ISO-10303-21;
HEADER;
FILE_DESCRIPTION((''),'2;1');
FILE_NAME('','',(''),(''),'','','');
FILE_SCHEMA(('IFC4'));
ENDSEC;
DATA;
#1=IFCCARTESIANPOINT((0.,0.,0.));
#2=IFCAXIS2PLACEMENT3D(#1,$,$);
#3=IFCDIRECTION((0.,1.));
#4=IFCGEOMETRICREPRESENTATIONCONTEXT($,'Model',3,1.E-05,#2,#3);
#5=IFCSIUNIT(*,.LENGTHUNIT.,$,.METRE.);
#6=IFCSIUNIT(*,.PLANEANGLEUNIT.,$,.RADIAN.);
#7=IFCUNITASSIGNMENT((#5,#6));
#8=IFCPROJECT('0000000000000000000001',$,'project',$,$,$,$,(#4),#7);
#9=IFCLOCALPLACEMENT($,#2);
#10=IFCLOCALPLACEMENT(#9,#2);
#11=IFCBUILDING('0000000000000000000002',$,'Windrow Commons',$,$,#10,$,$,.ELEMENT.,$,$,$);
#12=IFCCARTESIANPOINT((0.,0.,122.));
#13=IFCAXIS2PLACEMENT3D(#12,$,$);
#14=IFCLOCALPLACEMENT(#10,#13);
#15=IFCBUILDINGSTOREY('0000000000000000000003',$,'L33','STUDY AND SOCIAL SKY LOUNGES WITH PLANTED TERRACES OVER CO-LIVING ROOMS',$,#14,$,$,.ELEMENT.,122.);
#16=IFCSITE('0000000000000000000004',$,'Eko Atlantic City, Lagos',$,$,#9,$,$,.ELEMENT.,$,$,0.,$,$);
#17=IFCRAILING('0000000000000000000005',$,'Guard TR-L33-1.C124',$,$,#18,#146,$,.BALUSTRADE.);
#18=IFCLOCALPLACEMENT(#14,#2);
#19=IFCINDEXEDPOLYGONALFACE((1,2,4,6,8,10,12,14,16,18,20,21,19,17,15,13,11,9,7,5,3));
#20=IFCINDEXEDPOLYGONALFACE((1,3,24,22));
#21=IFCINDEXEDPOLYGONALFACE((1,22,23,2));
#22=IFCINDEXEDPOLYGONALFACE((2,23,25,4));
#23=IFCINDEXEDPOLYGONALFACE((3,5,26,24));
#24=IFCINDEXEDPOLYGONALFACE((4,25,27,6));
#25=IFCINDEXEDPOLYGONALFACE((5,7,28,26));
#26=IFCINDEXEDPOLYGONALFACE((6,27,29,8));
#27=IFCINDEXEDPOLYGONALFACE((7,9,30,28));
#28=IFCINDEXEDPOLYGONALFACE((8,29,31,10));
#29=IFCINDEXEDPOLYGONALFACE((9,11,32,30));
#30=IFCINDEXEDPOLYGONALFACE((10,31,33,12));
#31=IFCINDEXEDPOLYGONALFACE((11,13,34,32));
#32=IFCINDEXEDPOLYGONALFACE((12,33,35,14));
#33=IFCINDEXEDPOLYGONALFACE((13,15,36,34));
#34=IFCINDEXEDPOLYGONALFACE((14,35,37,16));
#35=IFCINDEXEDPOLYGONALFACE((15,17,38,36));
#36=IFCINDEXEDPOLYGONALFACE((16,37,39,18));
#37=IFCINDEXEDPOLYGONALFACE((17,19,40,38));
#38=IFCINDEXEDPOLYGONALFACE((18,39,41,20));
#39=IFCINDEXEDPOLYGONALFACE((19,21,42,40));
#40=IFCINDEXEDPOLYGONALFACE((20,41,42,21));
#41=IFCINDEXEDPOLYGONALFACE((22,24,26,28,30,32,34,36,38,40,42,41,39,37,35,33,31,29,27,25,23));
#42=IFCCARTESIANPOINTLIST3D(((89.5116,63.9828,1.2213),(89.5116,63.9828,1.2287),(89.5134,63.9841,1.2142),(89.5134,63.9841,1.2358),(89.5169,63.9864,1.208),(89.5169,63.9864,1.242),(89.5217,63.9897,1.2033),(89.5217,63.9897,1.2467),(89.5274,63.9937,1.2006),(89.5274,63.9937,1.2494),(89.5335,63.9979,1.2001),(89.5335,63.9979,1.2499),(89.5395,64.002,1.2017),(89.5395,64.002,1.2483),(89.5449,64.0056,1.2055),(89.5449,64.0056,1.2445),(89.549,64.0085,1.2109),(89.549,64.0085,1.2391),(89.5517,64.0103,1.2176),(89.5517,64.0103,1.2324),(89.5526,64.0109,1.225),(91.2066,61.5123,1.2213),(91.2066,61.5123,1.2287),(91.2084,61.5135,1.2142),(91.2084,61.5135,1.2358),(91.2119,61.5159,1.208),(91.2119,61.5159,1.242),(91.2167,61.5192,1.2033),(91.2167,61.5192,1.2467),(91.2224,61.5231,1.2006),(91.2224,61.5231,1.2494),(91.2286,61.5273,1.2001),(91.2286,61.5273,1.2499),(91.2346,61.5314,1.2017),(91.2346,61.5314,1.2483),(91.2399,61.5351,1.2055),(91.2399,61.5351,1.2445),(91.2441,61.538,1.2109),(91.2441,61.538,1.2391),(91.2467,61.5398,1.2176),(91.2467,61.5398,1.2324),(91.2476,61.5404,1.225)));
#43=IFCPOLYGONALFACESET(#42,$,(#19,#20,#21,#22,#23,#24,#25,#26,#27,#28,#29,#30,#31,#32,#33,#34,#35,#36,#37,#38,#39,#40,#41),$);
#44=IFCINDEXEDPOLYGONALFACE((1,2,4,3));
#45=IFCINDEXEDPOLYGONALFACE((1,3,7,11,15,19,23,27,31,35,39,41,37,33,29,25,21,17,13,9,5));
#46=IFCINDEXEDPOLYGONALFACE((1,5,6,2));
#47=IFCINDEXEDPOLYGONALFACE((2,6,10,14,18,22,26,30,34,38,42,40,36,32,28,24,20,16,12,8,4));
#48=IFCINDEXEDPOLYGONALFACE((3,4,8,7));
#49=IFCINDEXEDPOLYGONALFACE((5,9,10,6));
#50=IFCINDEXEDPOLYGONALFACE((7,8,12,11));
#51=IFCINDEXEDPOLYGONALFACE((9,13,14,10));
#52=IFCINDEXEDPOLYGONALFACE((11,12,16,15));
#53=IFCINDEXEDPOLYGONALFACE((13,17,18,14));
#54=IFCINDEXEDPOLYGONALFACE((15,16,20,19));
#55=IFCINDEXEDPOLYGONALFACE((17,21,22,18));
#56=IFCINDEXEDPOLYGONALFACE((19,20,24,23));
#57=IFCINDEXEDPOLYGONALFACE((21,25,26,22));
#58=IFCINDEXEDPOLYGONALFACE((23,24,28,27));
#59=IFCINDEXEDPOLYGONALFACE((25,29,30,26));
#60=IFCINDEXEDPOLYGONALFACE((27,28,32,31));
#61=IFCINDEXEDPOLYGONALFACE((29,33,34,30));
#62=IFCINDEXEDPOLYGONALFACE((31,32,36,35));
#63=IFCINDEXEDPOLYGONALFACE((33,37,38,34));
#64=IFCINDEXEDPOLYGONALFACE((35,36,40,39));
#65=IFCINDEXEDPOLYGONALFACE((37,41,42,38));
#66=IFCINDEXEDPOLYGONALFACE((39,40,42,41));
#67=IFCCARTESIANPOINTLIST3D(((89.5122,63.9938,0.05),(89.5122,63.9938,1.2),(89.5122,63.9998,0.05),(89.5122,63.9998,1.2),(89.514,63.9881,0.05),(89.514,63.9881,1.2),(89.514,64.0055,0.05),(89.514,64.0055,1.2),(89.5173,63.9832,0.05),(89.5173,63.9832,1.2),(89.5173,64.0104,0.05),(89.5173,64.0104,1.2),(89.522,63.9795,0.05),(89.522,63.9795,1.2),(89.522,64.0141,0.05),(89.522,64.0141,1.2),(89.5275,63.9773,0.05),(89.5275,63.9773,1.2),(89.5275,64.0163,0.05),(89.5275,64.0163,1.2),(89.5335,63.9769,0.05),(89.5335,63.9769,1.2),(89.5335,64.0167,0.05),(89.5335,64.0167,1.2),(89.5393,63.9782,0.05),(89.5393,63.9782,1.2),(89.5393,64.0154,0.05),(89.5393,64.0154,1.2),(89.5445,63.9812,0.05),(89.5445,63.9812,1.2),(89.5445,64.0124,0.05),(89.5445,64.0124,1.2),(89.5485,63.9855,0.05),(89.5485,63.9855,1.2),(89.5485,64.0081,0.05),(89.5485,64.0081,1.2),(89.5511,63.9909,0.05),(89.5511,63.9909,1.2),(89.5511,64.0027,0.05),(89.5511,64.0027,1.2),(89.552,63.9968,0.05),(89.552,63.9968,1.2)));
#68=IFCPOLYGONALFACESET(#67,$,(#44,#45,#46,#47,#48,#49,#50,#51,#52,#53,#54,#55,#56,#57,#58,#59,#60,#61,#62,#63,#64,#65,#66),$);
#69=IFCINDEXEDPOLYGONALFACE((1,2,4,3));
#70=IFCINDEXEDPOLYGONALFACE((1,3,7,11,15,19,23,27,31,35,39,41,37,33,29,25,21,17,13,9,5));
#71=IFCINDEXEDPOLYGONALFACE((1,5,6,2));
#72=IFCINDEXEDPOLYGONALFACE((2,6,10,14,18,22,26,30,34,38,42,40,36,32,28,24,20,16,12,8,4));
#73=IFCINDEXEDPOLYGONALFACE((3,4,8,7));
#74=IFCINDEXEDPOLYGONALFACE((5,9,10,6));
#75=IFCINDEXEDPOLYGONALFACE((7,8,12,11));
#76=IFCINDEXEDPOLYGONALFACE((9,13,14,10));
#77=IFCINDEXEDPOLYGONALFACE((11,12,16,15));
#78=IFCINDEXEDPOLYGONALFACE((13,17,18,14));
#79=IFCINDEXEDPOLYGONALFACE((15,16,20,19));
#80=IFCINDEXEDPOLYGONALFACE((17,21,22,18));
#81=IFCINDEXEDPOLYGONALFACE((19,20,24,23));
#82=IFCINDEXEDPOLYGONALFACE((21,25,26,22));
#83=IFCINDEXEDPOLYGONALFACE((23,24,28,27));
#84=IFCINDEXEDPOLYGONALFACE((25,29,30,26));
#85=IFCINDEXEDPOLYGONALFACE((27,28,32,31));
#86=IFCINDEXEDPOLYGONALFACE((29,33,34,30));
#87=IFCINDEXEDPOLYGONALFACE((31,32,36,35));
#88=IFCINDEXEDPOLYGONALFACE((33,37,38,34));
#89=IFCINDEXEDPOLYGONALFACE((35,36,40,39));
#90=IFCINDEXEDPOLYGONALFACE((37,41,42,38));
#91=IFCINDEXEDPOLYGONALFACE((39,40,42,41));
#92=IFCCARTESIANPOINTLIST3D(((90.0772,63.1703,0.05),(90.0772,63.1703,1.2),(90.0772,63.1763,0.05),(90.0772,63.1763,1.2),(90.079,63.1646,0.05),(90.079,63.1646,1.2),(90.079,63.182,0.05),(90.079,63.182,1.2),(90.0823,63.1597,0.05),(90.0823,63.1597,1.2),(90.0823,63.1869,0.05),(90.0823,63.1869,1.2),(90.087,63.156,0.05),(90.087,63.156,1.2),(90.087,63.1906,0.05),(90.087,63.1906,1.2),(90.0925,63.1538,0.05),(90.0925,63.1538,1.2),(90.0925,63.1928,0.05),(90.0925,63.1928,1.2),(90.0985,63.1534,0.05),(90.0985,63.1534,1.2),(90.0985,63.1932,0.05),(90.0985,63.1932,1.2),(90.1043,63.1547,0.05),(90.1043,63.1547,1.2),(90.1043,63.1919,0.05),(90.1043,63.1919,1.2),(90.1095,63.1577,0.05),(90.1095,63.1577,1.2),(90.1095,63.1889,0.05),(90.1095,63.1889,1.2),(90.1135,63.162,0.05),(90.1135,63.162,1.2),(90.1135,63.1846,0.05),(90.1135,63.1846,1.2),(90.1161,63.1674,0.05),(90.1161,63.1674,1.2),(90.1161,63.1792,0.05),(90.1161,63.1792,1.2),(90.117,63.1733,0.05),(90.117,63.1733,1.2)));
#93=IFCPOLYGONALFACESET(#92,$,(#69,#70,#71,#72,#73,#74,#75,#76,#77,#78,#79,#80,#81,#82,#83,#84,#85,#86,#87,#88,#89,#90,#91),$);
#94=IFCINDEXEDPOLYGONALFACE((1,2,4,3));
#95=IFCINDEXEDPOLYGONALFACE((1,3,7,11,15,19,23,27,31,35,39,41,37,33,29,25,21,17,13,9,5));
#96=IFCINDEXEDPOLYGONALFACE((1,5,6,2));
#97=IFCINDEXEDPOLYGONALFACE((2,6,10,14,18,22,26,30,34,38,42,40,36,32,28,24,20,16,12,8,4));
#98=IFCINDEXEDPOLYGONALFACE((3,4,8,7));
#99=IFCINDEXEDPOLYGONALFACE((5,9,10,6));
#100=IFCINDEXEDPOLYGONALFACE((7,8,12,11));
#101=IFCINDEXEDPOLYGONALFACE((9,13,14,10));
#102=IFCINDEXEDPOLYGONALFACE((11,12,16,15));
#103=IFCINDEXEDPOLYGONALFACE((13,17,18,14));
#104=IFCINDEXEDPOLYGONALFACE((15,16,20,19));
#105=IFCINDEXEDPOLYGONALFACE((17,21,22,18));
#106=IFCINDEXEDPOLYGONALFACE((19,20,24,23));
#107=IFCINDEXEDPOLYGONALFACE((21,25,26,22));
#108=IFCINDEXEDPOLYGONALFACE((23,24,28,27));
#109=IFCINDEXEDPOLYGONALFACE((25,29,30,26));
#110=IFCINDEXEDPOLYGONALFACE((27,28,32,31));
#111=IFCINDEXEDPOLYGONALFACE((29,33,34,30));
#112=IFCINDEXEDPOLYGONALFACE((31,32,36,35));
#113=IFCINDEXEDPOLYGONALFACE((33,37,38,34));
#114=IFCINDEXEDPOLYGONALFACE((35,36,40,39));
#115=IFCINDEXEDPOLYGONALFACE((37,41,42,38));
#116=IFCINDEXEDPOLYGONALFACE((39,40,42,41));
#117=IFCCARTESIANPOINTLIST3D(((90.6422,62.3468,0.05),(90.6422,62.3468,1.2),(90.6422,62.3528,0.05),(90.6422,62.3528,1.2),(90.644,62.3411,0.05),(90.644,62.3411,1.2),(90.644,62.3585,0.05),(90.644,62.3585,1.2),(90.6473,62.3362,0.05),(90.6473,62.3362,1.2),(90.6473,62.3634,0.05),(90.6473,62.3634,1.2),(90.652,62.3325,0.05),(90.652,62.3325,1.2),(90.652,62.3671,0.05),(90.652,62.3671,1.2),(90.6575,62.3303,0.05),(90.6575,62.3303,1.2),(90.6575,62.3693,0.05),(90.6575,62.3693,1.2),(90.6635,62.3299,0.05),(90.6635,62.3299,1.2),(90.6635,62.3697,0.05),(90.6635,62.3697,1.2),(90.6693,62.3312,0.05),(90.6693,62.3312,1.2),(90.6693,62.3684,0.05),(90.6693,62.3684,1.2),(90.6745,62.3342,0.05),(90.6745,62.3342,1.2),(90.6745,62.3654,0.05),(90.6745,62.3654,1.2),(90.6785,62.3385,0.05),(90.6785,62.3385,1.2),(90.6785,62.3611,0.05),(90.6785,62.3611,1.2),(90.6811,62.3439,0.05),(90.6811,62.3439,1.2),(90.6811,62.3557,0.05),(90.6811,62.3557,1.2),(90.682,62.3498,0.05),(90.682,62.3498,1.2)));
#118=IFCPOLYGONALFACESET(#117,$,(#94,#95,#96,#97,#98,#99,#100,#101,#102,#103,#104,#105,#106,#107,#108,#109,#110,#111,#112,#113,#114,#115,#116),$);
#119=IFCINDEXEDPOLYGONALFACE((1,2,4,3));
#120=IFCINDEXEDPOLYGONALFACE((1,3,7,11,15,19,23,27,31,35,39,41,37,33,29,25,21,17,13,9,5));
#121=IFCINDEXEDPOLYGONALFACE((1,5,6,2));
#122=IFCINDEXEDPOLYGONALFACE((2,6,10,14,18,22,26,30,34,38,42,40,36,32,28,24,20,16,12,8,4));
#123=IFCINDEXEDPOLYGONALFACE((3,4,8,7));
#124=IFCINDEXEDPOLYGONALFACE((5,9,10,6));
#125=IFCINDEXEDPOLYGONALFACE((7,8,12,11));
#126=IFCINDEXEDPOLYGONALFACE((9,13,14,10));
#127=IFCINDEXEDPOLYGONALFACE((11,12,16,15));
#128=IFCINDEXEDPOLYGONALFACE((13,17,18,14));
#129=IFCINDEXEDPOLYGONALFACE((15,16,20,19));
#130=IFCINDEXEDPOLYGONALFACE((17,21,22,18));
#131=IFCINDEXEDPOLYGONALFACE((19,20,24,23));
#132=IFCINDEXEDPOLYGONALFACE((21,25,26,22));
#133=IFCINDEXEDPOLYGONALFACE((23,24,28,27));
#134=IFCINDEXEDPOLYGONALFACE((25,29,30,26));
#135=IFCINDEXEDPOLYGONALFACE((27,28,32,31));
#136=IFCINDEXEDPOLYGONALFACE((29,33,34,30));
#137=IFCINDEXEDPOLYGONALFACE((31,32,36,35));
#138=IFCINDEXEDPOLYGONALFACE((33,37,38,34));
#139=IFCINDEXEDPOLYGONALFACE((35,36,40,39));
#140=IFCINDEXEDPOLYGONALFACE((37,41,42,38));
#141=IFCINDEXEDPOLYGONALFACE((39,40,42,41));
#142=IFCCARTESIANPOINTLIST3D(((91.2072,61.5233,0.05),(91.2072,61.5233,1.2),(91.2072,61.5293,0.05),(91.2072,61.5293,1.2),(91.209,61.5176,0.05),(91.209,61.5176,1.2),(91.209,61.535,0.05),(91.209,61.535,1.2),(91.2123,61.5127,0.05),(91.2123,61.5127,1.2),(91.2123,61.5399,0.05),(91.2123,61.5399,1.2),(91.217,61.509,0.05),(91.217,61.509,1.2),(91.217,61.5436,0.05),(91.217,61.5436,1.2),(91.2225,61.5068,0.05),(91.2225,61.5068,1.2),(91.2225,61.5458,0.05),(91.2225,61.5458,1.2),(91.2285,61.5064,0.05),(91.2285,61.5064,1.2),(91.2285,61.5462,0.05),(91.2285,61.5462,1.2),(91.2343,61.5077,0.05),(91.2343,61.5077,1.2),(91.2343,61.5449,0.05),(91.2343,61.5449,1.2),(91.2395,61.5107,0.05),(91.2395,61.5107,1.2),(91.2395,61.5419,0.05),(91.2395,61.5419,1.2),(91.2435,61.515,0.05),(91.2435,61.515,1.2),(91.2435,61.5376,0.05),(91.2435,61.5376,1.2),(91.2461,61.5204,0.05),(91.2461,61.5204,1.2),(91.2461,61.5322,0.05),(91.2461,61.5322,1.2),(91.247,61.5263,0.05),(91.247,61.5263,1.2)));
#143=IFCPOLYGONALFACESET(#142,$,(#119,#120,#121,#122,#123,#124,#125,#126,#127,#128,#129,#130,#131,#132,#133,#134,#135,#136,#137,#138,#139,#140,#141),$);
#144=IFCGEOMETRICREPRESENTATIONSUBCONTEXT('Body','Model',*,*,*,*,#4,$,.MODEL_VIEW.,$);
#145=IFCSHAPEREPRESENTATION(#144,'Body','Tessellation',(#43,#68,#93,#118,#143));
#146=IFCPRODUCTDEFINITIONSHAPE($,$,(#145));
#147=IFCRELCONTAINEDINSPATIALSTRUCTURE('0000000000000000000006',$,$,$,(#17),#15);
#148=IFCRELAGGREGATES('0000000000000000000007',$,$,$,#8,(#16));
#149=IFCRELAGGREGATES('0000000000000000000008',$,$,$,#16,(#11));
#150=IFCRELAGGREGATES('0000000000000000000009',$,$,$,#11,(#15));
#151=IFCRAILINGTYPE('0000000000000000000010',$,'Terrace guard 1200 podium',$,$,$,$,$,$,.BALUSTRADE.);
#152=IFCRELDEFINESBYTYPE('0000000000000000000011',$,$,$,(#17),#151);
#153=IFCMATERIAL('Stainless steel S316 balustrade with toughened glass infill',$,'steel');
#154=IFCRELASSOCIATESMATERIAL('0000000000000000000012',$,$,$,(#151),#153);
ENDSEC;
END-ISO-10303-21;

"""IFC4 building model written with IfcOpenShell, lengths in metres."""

from ifc_helpers import new_model, si_unit, direction, frame, origin, origin_2d, place, context, subcontext, project, spatial, circle, extrude, material, type_object, element, save


model = new_model("IFC4")

# Units and contexts
model_context = context("Model", 3, precision=1e-05, world=origin(), true_north=direction((0.0, 1.0)))
body_context = subcontext(model_context, "Body", "Model", "MODEL_VIEW")
ifc_project = project(units=[si_unit("LENGTHUNIT", "METRE"), si_unit("PLANEANGLEUNIT", "RADIAN")], contexts=[model_context])

# Site, building, storey
site_placement = place(None, origin())
site = spatial("IfcSite", under=ifc_project, at=site_placement, Name="Eko Atlantic City, Lagos", CompositionType="ELEMENT", RefElevation=0.0)
building_placement = place(site_placement, origin())
building = spatial("IfcBuilding", under=site, at=building_placement, Name="Windrow Commons", CompositionType="ELEMENT")
storey_placement = place(building_placement, frame((0.0, 0.0, 122.0)))
storey = spatial("IfcBuildingStorey", under=building, at=storey_placement, Name="L33", Description="STUDY AND SOCIAL SKY LOUNGES WITH PLANTED TERRACES OVER CO-LIVING ROOMS", CompositionType="ELEMENT", Elevation=122.0)

# Railing
ifc_material_1 = material(Name="Stainless steel S316 balustrade with toughened glass infill", Category="steel")
railing_type_1 = type_object("IfcRailingType", Name="Terrace guard 1200 podium", PredefinedType="BALUSTRADE", material=ifc_material_1)
railing_1_placement = place(storey_placement, frame((89.532, 63.9968, 0.05)))
element("IfcRailing", 1, at=railing_1_placement, inside=storey, type_object=railing_type_1, Name="Guard TR-L33-1.C124", PredefinedType="BALUSTRADE", context=body_context, shape_type="SweptSolid", body=[
    extrude(circle(Radius=0.025, at=origin_2d()), frame((0.0, 0.0, 1.175), z_axis=(0.565742, -0.824582, 0.0), x_axis=(0.824582, 0.565742, 0.0)), (0.0, 0.0, 1.0), 2.9961),
    extrude(circle(Radius=0.02, at=origin_2d()), origin(), (0.0, 0.0, 1.0), 1.15),
    extrude(circle(Radius=0.02, at=origin_2d()), frame((0.565, -0.8235, 0.0)), (0.0, 0.0, 1.0), 1.15),
    extrude(circle(Radius=0.02, at=origin_2d()), frame((1.13, -1.647, 0.0)), (0.0, 0.0, 1.0), 1.15),
    extrude(circle(Radius=0.02, at=origin_2d()), frame((1.695, -2.4705, 0.0)), (0.0, 0.0, 1.0), 1.15),
])

save(model, "model.ifc")
